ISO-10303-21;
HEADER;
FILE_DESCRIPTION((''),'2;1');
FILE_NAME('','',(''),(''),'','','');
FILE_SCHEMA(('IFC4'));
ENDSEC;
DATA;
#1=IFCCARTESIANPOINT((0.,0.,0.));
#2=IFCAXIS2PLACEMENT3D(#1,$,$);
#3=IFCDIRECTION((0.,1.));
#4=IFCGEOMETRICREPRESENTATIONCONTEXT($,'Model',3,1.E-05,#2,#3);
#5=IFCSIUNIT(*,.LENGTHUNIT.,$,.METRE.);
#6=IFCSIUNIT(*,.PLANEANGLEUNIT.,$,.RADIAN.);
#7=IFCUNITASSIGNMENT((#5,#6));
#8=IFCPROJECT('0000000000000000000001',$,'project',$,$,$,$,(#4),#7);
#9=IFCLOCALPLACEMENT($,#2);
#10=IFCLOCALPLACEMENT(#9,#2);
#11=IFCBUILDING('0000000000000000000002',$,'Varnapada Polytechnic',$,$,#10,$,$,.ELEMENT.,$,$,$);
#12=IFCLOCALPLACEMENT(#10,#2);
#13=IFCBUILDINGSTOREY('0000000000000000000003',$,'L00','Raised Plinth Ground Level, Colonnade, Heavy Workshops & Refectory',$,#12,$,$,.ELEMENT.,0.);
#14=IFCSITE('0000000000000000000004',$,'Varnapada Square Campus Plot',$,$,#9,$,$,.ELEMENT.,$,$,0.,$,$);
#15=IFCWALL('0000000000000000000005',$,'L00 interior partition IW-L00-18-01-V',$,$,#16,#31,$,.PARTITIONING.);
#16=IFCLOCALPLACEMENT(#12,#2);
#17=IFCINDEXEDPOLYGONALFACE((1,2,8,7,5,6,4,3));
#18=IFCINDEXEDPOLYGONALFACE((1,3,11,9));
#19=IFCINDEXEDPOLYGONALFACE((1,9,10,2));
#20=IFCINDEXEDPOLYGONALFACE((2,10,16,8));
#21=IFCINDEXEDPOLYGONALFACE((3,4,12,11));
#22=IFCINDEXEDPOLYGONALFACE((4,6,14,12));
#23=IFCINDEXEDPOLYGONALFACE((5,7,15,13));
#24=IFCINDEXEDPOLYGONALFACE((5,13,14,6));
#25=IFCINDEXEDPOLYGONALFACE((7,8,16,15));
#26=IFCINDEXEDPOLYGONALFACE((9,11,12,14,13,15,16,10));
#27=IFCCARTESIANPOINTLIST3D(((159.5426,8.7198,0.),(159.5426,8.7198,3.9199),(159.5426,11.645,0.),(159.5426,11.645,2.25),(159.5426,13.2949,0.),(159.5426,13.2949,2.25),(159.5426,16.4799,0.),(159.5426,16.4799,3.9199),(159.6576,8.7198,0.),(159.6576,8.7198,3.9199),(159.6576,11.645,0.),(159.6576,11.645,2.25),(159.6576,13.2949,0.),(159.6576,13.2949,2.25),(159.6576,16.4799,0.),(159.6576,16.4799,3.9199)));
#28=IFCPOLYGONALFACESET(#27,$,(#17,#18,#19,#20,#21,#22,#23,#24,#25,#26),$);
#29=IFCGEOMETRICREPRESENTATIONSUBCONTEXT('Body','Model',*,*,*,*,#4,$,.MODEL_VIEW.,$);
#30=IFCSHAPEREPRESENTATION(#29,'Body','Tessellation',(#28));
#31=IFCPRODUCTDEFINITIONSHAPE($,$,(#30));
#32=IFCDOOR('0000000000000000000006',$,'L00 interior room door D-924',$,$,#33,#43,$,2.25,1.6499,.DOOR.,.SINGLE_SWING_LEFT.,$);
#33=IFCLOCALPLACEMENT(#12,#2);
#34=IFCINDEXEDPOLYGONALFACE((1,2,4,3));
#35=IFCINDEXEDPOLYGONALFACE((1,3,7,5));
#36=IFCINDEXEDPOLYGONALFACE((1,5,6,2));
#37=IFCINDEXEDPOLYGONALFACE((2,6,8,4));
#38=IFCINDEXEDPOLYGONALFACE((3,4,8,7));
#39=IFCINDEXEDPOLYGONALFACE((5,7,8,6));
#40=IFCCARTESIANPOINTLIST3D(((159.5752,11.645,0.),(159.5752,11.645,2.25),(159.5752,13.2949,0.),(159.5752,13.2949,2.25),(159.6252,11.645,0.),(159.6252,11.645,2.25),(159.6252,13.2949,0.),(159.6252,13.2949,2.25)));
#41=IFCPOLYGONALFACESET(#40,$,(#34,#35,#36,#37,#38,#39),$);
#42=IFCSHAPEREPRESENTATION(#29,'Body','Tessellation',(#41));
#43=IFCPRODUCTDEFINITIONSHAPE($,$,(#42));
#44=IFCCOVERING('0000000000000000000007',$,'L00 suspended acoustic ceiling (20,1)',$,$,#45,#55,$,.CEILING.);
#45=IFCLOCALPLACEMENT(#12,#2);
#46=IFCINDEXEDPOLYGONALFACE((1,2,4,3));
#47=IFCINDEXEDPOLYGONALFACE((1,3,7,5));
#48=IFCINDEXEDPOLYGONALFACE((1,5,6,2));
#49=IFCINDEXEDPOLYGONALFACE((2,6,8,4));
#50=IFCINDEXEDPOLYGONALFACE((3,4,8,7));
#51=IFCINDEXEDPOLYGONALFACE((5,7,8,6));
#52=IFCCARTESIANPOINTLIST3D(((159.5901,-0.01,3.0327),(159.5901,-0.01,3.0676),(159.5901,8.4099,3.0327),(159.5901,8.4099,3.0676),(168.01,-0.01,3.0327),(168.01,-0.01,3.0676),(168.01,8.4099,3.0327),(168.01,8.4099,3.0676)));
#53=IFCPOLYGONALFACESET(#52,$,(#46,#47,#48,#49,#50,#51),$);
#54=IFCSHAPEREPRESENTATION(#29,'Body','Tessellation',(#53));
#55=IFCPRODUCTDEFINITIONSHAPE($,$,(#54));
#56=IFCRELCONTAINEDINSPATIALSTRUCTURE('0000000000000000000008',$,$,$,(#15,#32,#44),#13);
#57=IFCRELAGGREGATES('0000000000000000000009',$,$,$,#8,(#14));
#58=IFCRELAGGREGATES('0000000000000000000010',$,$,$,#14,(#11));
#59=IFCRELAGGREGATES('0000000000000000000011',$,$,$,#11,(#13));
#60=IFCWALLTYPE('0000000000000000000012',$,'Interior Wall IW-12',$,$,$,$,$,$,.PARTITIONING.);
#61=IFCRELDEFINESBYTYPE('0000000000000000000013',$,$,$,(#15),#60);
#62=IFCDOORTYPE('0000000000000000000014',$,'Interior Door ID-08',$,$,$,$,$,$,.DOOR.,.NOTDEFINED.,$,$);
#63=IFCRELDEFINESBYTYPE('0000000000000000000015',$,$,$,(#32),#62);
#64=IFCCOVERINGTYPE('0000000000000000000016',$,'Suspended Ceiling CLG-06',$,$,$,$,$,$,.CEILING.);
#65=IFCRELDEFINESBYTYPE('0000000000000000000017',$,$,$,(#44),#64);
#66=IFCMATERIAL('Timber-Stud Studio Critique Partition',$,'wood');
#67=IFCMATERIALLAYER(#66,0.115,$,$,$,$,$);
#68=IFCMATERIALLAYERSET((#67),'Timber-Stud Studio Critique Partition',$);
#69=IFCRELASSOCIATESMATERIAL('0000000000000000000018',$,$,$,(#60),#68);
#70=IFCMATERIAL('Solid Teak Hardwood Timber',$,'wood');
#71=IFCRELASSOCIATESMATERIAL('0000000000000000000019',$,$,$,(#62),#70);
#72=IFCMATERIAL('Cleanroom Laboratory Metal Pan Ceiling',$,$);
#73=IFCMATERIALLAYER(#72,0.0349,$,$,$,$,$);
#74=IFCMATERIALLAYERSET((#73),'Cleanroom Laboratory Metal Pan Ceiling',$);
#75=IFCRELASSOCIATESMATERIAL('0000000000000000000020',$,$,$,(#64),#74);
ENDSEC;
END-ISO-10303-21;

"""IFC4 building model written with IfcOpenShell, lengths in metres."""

from ifc_helpers import new_model, si_unit, direction, frame, frame_2d, origin, origin_2d, place, context, subcontext, project, spatial, rectangle, extrude, material, layer, layer_set, type_object, element, fill, save


model = new_model("IFC4")

# Units and contexts
model_context = context("Model", 3, precision=1e-05, world=origin(), true_north=direction((0.0, 1.0)))
body_context = subcontext(model_context, "Body", "Model", "MODEL_VIEW")
ifc_project = project(units=[si_unit("LENGTHUNIT", "METRE"), si_unit("PLANEANGLEUNIT", "RADIAN")], contexts=[model_context])

# Site, building, storey
site_placement = place(None, origin())
site = spatial("IfcSite", under=ifc_project, at=site_placement, Name="Varnapada Square Campus Plot", CompositionType="ELEMENT", RefElevation=0.0)
building_placement = place(site_placement, origin())
building = spatial("IfcBuilding", under=site, at=building_placement, Name="Varnapada Polytechnic", CompositionType="ELEMENT")
storey_placement = place(building_placement, origin())
storey = spatial("IfcBuildingStorey", under=building, at=storey_placement, Name="L00", Description="Raised Plinth Ground Level, Colonnade, Heavy Workshops & Refectory", CompositionType="ELEMENT", Elevation=0.0)

# Wall, opening, door
ifc_material_1 = material(Name="Timber-Stud Studio Critique Partition", Category="wood")
ifc_layer_1 = layer(ifc_material_1, 0.115)
ifc_layer_set_1 = layer_set([ifc_layer_1], Name="Timber-Stud Studio Critique Partition")
wall_type_1 = type_object("IfcWallType", Name="Interior Wall IW-12", PredefinedType="PARTITIONING", material=ifc_layer_set_1)
wall_1_placement = place(storey_placement, frame((159.6001, 8.72, 0.0), z_axis=(0.0, 0.0, 1.0), x_axis=(0.0, 1.0, 0.0)))
wall_1 = element("IfcWall", 1, at=wall_1_placement, inside=storey, type_object=wall_type_1, Name="L00 interior partition IW-L00-18-01-V", PredefinedType="PARTITIONING", context=body_context, shape_type="SweptSolid", body=[
    extrude(rectangle(XDim=7.76, YDim=0.115, at=frame_2d((3.8799, 0.0))), origin(), (0.0, 0.0, 1.0), 3.9199),
])
opening_1_placement = place(wall_1_placement, frame((2.925, 0.0, 0.0)))
opening_1 = element("IfcOpeningElement", 2, at=opening_1_placement, cuts=wall_1, PredefinedType="OPENING", context=body_context, shape_type="SweptSolid", body=[
    extrude(rectangle(XDim=1.6499, YDim=2.25, at=frame_2d((0.825, 1.125))), frame((0.0, 0.0674, 0.0), z_axis=(0.0, -1.0, 0.0), x_axis=(1.0, 0.0, 0.0)), (0.0, 0.0, 1.0), 0.135),
])
ifc_material_2 = material(Name="Solid Teak Hardwood Timber", Category="wood")
door_type_1 = type_object("IfcDoorType", Name="Interior Door ID-08", OperationType="NOTDEFINED", PredefinedType="DOOR", material=ifc_material_2)
door_1_placement = place(opening_1_placement, origin())
door_1 = element("IfcDoor", 3, at=door_1_placement, inside=storey, type_object=door_type_1, Name="L00 interior room door D-924", OperationType="SINGLE_SWING_LEFT", OverallHeight=2.25, OverallWidth=1.6499, PredefinedType="DOOR", context=body_context, shape_type="SweptSolid", body=[
    extrude(rectangle(XDim=1.6499, YDim=2.25, at=frame_2d((0.825, 1.125))), frame((0.0, 0.0249, 0.0), z_axis=(0.0, -1.0, 0.0), x_axis=(1.0, 0.0, 0.0)), (0.0, 0.0, 1.0), 0.05),
])
fill(opening_1, door_1)

# Covering
ifc_material_3 = material(Name="Cleanroom Laboratory Metal Pan Ceiling")
ifc_layer_2 = layer(ifc_material_3, 0.0349)
ifc_layer_set_2 = layer_set([ifc_layer_2], Name="Cleanroom Laboratory Metal Pan Ceiling")
covering_type = type_object("IfcCoveringType", Name="Suspended Ceiling CLG-06", PredefinedType="CEILING", material=ifc_layer_set_2)
covering_placement = place(storey_placement, frame((163.8, 4.2, 3.0327), z_axis=(0.0, 0.0, 1.0), x_axis=(1.0, 0.0, 0.0)))
element("IfcCovering", 4, at=covering_placement, inside=storey, type_object=covering_type, Name="L00 suspended acoustic ceiling (20,1)", PredefinedType="CEILING", context=body_context, shape_type="SweptSolid", body=[
    extrude(rectangle(XDim=8.4199, YDim=8.4199, at=origin_2d()), origin(), (0.0, 0.0, 1.0), 0.0349),
])

save(model, "model.ifc")
